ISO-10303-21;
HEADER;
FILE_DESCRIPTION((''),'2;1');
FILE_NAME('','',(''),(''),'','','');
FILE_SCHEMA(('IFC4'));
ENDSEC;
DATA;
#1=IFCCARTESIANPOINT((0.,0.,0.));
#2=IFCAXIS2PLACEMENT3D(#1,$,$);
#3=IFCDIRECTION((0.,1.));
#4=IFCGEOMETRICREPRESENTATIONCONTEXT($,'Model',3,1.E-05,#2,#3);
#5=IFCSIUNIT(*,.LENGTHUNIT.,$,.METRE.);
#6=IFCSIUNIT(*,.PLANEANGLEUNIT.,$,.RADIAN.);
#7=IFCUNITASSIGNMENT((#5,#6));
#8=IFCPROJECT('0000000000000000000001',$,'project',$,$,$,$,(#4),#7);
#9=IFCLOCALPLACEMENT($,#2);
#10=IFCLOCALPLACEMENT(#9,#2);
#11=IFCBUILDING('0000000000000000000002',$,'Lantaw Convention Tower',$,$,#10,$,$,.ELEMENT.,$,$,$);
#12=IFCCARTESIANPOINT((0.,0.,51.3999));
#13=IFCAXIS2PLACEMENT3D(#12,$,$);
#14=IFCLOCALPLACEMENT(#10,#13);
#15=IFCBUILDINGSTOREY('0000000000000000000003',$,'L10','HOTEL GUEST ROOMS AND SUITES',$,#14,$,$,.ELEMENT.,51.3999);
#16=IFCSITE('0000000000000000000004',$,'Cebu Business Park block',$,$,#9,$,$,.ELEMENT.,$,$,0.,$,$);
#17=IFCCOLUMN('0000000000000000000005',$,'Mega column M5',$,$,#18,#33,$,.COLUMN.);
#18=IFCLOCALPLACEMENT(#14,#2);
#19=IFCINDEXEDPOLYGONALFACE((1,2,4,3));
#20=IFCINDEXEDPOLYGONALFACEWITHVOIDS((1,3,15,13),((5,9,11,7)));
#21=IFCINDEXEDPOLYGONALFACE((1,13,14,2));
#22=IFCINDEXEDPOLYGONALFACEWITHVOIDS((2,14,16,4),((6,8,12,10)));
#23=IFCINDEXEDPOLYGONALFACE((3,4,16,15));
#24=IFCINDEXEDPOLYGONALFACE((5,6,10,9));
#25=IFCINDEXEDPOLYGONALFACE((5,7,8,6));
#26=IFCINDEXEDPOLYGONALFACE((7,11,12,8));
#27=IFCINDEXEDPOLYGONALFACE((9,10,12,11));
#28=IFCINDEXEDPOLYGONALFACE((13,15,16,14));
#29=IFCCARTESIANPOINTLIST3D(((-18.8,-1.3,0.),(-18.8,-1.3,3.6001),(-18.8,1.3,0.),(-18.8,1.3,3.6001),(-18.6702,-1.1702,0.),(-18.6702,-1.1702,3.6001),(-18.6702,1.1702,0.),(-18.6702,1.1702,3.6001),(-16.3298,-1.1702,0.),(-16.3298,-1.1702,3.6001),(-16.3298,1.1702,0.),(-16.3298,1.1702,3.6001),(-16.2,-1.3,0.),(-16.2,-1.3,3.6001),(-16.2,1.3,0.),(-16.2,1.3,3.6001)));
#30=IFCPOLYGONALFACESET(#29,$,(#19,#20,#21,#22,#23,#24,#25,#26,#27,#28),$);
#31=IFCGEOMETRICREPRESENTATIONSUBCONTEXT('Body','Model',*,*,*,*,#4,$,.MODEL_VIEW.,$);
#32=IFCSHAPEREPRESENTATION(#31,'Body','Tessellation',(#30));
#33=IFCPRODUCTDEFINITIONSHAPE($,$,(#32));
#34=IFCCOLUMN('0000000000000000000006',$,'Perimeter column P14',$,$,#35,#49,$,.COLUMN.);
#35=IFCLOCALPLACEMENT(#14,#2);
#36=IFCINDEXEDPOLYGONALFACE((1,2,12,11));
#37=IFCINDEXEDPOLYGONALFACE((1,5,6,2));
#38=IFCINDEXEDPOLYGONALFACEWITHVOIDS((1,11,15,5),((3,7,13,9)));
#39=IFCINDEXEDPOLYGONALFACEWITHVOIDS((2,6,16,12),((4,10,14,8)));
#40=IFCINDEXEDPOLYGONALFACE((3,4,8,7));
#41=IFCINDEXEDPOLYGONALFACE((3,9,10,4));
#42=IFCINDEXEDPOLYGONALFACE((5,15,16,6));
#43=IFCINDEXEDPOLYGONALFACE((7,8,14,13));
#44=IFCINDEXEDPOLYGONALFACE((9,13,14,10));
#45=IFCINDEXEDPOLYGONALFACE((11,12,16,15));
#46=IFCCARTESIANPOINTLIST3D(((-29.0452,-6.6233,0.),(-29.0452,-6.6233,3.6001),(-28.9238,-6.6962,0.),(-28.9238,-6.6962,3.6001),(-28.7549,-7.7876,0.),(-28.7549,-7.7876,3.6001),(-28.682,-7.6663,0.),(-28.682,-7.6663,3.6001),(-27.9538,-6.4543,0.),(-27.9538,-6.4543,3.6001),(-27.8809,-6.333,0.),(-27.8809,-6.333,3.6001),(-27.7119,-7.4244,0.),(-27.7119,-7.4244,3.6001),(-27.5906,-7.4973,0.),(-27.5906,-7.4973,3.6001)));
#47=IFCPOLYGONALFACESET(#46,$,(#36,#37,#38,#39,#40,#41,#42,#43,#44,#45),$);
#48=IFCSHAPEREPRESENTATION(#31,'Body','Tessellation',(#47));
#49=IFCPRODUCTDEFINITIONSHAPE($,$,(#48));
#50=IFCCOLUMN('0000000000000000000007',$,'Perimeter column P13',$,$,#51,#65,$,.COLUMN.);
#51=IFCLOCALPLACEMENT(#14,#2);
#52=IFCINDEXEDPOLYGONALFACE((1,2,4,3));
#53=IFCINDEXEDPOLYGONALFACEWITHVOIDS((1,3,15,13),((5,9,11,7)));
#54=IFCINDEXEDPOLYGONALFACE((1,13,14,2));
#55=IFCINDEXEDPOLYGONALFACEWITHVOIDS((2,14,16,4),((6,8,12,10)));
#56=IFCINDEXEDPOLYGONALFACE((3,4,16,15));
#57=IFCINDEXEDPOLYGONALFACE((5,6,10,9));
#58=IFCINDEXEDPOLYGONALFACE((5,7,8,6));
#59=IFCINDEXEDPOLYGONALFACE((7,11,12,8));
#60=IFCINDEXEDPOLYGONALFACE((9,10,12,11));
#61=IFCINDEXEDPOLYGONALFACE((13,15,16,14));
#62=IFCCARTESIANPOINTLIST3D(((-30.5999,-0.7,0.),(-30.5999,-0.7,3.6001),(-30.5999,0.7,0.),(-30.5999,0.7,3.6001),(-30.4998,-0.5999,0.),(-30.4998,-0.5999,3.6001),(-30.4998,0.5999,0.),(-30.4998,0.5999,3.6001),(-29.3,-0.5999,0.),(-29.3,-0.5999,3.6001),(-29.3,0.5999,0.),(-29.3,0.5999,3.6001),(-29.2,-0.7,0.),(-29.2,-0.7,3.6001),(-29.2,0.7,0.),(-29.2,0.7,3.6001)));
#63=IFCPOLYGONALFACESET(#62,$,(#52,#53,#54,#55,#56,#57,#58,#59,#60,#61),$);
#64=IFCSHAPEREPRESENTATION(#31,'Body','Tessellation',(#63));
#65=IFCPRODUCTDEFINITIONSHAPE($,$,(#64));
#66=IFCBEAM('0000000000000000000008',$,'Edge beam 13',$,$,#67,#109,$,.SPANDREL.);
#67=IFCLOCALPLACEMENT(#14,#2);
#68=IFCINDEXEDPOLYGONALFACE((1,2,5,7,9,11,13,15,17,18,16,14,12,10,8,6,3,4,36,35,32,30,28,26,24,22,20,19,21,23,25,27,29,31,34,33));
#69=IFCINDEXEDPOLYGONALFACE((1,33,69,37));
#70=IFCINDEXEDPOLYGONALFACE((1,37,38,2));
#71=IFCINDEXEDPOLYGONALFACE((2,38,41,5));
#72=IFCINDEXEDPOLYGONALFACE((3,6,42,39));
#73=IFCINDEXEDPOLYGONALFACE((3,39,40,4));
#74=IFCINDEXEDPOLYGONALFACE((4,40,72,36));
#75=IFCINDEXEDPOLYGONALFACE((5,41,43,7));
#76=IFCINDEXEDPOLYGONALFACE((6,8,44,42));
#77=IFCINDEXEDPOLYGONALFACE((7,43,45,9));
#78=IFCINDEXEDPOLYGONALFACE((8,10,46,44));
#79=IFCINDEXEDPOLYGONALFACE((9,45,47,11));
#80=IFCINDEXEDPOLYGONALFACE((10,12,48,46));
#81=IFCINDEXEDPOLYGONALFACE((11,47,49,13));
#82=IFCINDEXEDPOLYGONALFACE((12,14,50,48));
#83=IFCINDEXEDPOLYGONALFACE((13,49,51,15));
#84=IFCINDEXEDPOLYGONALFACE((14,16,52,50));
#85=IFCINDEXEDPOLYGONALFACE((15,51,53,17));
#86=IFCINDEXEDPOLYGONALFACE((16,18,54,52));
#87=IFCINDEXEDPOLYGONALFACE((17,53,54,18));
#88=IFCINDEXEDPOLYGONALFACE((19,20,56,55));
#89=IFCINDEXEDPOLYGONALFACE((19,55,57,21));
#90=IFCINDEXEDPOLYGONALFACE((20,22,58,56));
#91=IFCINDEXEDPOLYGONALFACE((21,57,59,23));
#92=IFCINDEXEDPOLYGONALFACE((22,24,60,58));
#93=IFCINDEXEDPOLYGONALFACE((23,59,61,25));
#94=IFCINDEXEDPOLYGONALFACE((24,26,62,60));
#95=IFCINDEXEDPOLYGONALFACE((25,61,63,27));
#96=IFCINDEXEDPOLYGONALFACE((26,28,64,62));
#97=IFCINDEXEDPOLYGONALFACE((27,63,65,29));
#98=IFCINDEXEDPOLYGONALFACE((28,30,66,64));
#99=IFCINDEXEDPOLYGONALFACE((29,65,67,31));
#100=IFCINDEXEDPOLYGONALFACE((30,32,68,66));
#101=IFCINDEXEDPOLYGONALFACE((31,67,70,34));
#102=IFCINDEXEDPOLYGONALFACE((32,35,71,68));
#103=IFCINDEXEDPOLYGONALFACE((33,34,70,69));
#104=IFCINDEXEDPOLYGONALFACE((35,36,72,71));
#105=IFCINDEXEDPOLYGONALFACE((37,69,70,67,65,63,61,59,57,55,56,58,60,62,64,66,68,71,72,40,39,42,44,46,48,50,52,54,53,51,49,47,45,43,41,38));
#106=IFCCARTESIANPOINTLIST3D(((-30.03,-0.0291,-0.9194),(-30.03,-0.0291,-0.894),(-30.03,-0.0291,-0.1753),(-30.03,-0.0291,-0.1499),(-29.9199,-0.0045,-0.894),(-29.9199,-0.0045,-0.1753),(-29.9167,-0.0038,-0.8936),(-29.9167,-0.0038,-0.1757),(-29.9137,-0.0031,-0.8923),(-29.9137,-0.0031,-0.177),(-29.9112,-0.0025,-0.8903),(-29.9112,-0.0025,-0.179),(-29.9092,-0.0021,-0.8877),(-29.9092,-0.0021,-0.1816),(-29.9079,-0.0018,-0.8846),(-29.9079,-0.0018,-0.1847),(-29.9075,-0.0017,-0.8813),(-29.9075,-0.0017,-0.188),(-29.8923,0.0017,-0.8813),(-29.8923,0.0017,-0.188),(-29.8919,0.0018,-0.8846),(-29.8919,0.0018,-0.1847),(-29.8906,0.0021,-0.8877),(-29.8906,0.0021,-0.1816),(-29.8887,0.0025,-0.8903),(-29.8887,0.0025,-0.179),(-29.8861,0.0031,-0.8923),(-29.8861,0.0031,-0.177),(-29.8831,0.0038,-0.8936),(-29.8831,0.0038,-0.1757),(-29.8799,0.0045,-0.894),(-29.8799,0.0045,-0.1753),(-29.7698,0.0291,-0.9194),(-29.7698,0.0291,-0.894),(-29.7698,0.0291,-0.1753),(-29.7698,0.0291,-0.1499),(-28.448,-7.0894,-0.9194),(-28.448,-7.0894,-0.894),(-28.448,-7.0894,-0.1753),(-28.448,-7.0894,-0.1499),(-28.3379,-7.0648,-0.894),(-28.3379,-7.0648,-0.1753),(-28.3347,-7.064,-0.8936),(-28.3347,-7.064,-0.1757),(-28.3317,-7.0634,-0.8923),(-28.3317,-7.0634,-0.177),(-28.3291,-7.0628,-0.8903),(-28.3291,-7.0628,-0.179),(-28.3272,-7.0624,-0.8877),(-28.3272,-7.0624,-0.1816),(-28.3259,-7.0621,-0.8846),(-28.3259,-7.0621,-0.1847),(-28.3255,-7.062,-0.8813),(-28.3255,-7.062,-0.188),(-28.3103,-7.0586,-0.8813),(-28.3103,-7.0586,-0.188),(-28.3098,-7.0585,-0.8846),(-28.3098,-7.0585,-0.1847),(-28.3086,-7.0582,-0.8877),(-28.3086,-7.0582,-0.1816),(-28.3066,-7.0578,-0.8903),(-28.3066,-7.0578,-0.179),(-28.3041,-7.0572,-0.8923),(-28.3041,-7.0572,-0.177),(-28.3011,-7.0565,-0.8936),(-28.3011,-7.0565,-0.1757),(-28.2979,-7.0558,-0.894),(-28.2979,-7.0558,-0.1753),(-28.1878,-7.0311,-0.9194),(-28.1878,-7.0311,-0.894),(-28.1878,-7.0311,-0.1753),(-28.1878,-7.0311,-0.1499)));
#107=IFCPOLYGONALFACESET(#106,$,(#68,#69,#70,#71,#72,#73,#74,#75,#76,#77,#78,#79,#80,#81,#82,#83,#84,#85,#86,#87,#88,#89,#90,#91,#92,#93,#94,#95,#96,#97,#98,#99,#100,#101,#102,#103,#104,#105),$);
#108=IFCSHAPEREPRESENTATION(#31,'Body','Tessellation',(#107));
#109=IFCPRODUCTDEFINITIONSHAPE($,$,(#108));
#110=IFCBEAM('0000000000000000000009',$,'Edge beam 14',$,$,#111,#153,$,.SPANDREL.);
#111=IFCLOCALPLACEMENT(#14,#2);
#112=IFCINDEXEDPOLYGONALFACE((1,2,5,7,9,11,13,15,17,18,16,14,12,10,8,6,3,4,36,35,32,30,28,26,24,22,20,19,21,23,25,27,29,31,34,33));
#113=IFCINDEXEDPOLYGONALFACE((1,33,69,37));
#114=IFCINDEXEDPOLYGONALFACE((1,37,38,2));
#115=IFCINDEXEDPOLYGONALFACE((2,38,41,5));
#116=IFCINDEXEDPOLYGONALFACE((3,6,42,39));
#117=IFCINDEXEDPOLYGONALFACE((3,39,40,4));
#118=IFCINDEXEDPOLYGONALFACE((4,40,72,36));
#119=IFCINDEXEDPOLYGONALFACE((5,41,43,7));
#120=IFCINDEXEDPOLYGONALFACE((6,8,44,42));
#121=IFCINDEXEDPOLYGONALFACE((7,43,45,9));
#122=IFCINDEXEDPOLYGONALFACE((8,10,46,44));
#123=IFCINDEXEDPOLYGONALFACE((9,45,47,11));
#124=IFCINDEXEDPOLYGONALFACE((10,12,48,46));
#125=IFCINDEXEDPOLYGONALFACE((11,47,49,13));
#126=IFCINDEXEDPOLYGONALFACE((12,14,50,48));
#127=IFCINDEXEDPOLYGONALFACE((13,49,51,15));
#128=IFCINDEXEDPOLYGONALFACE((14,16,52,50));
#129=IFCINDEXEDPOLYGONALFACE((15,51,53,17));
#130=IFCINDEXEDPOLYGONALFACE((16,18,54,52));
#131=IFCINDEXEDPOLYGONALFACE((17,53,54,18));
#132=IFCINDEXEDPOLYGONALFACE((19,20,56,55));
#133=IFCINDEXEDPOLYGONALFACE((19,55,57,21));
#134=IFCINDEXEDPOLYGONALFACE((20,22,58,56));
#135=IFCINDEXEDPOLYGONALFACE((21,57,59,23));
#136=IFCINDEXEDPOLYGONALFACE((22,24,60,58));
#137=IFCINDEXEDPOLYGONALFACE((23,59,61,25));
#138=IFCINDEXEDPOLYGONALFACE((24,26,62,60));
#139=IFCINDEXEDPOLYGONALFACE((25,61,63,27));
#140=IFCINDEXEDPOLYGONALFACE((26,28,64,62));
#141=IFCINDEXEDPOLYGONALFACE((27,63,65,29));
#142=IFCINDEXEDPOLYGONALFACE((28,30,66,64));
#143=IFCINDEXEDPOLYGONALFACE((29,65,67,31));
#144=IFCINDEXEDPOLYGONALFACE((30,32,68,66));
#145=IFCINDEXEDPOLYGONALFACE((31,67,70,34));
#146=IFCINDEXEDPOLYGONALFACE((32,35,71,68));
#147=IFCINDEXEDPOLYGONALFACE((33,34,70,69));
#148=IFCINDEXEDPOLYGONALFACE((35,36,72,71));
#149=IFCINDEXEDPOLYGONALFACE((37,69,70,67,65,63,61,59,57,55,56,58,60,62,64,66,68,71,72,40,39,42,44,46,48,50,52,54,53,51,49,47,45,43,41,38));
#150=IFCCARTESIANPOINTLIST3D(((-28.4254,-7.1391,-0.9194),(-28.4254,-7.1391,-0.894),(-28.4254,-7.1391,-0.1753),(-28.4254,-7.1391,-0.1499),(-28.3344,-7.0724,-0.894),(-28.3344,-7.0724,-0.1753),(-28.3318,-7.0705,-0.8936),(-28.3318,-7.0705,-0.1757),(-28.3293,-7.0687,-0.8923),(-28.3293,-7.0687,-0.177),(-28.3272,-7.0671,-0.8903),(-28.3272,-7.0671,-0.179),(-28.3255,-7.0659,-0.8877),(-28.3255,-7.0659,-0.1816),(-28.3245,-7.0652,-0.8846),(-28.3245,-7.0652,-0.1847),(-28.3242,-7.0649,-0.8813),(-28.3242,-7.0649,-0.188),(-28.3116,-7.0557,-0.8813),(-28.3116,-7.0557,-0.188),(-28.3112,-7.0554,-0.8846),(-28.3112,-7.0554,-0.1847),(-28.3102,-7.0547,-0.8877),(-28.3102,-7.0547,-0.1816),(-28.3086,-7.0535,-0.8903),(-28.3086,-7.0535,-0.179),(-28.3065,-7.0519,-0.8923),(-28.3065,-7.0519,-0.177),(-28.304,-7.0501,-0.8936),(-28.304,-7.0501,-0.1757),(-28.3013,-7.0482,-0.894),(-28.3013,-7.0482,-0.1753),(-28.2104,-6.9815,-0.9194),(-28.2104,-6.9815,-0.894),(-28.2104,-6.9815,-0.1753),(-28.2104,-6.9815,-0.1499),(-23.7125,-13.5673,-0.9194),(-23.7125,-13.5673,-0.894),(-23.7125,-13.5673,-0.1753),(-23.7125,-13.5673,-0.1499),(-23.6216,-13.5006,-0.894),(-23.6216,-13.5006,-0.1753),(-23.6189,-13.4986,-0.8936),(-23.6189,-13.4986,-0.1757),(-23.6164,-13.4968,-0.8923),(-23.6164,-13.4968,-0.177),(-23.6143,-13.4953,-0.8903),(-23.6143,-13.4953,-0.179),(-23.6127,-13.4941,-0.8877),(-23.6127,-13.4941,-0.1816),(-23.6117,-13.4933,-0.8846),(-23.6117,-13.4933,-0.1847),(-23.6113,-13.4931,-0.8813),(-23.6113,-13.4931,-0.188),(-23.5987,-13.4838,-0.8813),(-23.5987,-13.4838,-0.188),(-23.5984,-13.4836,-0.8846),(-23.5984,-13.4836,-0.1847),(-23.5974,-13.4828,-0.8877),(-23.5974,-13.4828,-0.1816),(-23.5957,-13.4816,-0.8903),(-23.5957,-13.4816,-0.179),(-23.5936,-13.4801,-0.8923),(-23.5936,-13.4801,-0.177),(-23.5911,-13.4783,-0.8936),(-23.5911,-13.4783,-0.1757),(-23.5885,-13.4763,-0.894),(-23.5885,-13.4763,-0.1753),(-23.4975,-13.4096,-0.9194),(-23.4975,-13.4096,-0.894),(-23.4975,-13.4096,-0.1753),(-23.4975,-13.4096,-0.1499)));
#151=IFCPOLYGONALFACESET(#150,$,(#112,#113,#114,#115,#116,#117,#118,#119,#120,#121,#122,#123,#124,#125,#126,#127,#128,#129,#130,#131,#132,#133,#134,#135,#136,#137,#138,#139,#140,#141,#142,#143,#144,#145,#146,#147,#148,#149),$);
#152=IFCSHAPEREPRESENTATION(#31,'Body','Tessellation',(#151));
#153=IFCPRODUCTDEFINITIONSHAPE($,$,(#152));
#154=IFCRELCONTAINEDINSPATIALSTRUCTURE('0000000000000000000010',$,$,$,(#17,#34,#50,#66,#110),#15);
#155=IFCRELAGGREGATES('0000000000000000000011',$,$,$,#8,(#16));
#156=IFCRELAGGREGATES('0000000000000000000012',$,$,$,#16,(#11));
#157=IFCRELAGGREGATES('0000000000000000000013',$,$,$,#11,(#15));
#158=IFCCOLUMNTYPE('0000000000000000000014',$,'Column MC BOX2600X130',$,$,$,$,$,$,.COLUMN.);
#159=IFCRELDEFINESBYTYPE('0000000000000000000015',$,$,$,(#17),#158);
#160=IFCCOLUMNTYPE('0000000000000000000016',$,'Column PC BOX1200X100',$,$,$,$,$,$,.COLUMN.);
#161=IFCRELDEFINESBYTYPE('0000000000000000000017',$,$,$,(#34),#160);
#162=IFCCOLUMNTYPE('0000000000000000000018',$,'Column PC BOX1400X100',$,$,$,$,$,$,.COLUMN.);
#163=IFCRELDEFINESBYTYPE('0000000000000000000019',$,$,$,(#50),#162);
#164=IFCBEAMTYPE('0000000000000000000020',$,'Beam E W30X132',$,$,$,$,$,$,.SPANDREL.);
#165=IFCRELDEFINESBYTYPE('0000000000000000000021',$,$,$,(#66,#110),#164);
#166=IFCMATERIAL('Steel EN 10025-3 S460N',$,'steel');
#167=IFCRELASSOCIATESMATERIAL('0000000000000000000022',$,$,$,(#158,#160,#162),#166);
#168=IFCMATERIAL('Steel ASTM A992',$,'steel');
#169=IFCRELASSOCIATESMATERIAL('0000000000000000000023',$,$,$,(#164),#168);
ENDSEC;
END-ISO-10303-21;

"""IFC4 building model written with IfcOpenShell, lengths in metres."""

from ifc_helpers import new_model, si_unit, direction, frame, origin, origin_2d, place, context, subcontext, project, spatial, rectangle, hollow_rectangle, i_section, extrude, material, material_profile, profile_set, type_object, element, save


model = new_model("IFC4")

# Units and contexts
model_context = context("Model", 3, precision=1e-05, world=origin(), true_north=direction((0.0, 1.0)))
body_context = subcontext(model_context, "Body", "Model", "MODEL_VIEW")
ifc_project = project(units=[si_unit("LENGTHUNIT", "METRE"), si_unit("PLANEANGLEUNIT", "RADIAN")], contexts=[model_context])

# Site, building, storey
site_placement = place(None, origin())
site = spatial("IfcSite", under=ifc_project, at=site_placement, Name="Cebu Business Park block", CompositionType="ELEMENT", RefElevation=0.0)
building_placement = place(site_placement, origin())
building = spatial("IfcBuilding", under=site, at=building_placement, Name="Lantaw Convention Tower", CompositionType="ELEMENT")
storey_placement = place(building_placement, frame((0.0, 0.0, 51.3999)))
storey = spatial("IfcBuildingStorey", under=building, at=storey_placement, Name="L10", Description="HOTEL GUEST ROOMS AND SUITES", CompositionType="ELEMENT", Elevation=51.3999)

# Columns
ifc_material_1 = material(Name="Steel EN 10025-3 S460N", Category="steel")
ifc_material_profile_1 = material_profile(ifc_material_1, hollow_rectangle(XDim=2.6001, YDim=2.6001, WallThickness=0.1299, at=origin_2d()), Name="BOX2600X130")
ifc_material_2 = material(Name="Concrete C60/75", Category="concrete")
ifc_material_profile_2 = material_profile(ifc_material_2, rectangle(XDim=2.3401, YDim=2.3401, at=origin_2d()), Name="Concrete fill of BOX2600X130")
ifc_profile_set_1 = profile_set([ifc_material_profile_1, ifc_material_profile_2], Name="Steel EN 10025-3 S460N")
column_type_1 = type_object("IfcColumnType", Name="Column MC BOX2600X130", PredefinedType="COLUMN", material=ifc_profile_set_1)
column_1_placement = place(storey_placement, frame((-17.5, 0.0, 0.0), z_axis=(0.0, 0.0, 1.0), x_axis=(1.0, 0.0, 0.0)))
element("IfcColumn", 1, at=column_1_placement, inside=storey, type_object=column_type_1, Name="Mega column M5", PredefinedType="COLUMN", context=body_context, shape_type="SweptSolid", body=[
    extrude(hollow_rectangle(XDim=2.6001, YDim=2.6001, WallThickness=0.1299, at=origin_2d()), origin(), (0.0, 0.0, 1.0), 3.6001),
])
ifc_material_profile_3 = material_profile(ifc_material_1, hollow_rectangle(XDim=1.2, YDim=1.2, WallThickness=0.1001, at=origin_2d()), Name="BOX1200X100")
ifc_material_profile_4 = material_profile(ifc_material_2, rectangle(XDim=1.0, YDim=1.0, at=origin_2d()), Name="Concrete fill of BOX1200X100")
ifc_profile_set_2 = profile_set([ifc_material_profile_3, ifc_material_profile_4], Name="Steel EN 10025-3 S460N")
column_type_2 = type_object("IfcColumnType", Name="Column PC BOX1200X100", PredefinedType="COLUMN", material=ifc_profile_set_2)
column_2_placement = place(storey_placement, frame((-28.3179, -7.0603, 0.0), z_axis=(0.0, 0.0, 1.0), x_axis=(0.970296, 0.241922, 0.0)))
element("IfcColumn", 2, at=column_2_placement, inside=storey, type_object=column_type_2, Name="Perimeter column P14", PredefinedType="COLUMN", context=body_context, shape_type="SweptSolid", body=[
    extrude(hollow_rectangle(XDim=1.2, YDim=1.2, WallThickness=0.1001, at=origin_2d()), origin(), (0.0, 0.0, 1.0), 3.6001),
])
ifc_material_profile_5 = material_profile(ifc_material_1, hollow_rectangle(XDim=1.3999, YDim=1.3999, WallThickness=0.1001, at=origin_2d()), Name="BOX1400X100")
ifc_material_profile_6 = material_profile(ifc_material_2, rectangle(XDim=1.2, YDim=1.2, at=origin_2d()), Name="Concrete fill of BOX1400X100")
ifc_profile_set_3 = profile_set([ifc_material_profile_5, ifc_material_profile_6], Name="Steel EN 10025-3 S460N")
column_type_3 = type_object("IfcColumnType", Name="Column PC BOX1400X100", PredefinedType="COLUMN", material=ifc_profile_set_3)
column_3_placement = place(storey_placement, frame((-29.8999, 0.0, 0.0), z_axis=(0.0, 0.0, 1.0), x_axis=(1.0, 0.0, 0.0)))
element("IfcColumn", 3, at=column_3_placement, inside=storey, type_object=column_type_3, Name="Perimeter column P13", PredefinedType="COLUMN", context=body_context, shape_type="SweptSolid", body=[
    extrude(hollow_rectangle(XDim=1.3999, YDim=1.3999, WallThickness=0.1001, at=origin_2d()), origin(), (0.0, 0.0, 1.0), 3.6001),
])

# Beams
ifc_material_3 = material(Name="Steel ASTM A992", Category="steel")
ifc_material_profile_7 = material_profile(ifc_material_3, i_section(OverallWidth=0.2666, OverallDepth=0.7695, WebThickness=0.0156, FlangeThickness=0.0254, FilletRadius=0.0127, at=origin_2d()), Name="W30X132")
ifc_profile_set_4 = profile_set([ifc_material_profile_7], Name="Steel ASTM A992")
beam_type_1 = type_object("IfcBeamType", Name="Beam E W30X132", PredefinedType="SPANDREL", material=ifc_profile_set_4)
beam_1_placement = place(storey_placement, frame((-29.8999, 0.0, -0.5347), z_axis=(0.218652, -0.975803, 0.0), x_axis=(0.975803, 0.218652, 0.0)))
element("IfcBeam", 4, at=beam_1_placement, inside=storey, type_object=beam_type_1, Name="Edge beam 13", PredefinedType="SPANDREL", context=body_context, shape_type="SweptSolid", body=[
    extrude(i_section(OverallWidth=0.2666, OverallDepth=0.7695, WebThickness=0.0156, FlangeThickness=0.0254, FilletRadius=0.0127, at=origin_2d()), origin(), (0.0, 0.0, 1.0), 7.2354),
])
beam_2_placement = place(storey_placement, frame((-28.3179, -7.0603, -0.5347), z_axis=(0.591271, -0.806473, 0.0), x_axis=(0.806473, 0.591271, 0.0)))
element("IfcBeam", 5, at=beam_2_placement, inside=storey, type_object=beam_type_1, Name="Edge beam 14", PredefinedType="SPANDREL", context=body_context, shape_type="SweptSolid", body=[
    extrude(i_section(OverallWidth=0.2666, OverallDepth=0.7695, WebThickness=0.0156, FlangeThickness=0.0254, FilletRadius=0.0127, at=origin_2d()), origin(), (0.0, 0.0, 1.0), 7.9707),
])

save(model, "model.ifc")
